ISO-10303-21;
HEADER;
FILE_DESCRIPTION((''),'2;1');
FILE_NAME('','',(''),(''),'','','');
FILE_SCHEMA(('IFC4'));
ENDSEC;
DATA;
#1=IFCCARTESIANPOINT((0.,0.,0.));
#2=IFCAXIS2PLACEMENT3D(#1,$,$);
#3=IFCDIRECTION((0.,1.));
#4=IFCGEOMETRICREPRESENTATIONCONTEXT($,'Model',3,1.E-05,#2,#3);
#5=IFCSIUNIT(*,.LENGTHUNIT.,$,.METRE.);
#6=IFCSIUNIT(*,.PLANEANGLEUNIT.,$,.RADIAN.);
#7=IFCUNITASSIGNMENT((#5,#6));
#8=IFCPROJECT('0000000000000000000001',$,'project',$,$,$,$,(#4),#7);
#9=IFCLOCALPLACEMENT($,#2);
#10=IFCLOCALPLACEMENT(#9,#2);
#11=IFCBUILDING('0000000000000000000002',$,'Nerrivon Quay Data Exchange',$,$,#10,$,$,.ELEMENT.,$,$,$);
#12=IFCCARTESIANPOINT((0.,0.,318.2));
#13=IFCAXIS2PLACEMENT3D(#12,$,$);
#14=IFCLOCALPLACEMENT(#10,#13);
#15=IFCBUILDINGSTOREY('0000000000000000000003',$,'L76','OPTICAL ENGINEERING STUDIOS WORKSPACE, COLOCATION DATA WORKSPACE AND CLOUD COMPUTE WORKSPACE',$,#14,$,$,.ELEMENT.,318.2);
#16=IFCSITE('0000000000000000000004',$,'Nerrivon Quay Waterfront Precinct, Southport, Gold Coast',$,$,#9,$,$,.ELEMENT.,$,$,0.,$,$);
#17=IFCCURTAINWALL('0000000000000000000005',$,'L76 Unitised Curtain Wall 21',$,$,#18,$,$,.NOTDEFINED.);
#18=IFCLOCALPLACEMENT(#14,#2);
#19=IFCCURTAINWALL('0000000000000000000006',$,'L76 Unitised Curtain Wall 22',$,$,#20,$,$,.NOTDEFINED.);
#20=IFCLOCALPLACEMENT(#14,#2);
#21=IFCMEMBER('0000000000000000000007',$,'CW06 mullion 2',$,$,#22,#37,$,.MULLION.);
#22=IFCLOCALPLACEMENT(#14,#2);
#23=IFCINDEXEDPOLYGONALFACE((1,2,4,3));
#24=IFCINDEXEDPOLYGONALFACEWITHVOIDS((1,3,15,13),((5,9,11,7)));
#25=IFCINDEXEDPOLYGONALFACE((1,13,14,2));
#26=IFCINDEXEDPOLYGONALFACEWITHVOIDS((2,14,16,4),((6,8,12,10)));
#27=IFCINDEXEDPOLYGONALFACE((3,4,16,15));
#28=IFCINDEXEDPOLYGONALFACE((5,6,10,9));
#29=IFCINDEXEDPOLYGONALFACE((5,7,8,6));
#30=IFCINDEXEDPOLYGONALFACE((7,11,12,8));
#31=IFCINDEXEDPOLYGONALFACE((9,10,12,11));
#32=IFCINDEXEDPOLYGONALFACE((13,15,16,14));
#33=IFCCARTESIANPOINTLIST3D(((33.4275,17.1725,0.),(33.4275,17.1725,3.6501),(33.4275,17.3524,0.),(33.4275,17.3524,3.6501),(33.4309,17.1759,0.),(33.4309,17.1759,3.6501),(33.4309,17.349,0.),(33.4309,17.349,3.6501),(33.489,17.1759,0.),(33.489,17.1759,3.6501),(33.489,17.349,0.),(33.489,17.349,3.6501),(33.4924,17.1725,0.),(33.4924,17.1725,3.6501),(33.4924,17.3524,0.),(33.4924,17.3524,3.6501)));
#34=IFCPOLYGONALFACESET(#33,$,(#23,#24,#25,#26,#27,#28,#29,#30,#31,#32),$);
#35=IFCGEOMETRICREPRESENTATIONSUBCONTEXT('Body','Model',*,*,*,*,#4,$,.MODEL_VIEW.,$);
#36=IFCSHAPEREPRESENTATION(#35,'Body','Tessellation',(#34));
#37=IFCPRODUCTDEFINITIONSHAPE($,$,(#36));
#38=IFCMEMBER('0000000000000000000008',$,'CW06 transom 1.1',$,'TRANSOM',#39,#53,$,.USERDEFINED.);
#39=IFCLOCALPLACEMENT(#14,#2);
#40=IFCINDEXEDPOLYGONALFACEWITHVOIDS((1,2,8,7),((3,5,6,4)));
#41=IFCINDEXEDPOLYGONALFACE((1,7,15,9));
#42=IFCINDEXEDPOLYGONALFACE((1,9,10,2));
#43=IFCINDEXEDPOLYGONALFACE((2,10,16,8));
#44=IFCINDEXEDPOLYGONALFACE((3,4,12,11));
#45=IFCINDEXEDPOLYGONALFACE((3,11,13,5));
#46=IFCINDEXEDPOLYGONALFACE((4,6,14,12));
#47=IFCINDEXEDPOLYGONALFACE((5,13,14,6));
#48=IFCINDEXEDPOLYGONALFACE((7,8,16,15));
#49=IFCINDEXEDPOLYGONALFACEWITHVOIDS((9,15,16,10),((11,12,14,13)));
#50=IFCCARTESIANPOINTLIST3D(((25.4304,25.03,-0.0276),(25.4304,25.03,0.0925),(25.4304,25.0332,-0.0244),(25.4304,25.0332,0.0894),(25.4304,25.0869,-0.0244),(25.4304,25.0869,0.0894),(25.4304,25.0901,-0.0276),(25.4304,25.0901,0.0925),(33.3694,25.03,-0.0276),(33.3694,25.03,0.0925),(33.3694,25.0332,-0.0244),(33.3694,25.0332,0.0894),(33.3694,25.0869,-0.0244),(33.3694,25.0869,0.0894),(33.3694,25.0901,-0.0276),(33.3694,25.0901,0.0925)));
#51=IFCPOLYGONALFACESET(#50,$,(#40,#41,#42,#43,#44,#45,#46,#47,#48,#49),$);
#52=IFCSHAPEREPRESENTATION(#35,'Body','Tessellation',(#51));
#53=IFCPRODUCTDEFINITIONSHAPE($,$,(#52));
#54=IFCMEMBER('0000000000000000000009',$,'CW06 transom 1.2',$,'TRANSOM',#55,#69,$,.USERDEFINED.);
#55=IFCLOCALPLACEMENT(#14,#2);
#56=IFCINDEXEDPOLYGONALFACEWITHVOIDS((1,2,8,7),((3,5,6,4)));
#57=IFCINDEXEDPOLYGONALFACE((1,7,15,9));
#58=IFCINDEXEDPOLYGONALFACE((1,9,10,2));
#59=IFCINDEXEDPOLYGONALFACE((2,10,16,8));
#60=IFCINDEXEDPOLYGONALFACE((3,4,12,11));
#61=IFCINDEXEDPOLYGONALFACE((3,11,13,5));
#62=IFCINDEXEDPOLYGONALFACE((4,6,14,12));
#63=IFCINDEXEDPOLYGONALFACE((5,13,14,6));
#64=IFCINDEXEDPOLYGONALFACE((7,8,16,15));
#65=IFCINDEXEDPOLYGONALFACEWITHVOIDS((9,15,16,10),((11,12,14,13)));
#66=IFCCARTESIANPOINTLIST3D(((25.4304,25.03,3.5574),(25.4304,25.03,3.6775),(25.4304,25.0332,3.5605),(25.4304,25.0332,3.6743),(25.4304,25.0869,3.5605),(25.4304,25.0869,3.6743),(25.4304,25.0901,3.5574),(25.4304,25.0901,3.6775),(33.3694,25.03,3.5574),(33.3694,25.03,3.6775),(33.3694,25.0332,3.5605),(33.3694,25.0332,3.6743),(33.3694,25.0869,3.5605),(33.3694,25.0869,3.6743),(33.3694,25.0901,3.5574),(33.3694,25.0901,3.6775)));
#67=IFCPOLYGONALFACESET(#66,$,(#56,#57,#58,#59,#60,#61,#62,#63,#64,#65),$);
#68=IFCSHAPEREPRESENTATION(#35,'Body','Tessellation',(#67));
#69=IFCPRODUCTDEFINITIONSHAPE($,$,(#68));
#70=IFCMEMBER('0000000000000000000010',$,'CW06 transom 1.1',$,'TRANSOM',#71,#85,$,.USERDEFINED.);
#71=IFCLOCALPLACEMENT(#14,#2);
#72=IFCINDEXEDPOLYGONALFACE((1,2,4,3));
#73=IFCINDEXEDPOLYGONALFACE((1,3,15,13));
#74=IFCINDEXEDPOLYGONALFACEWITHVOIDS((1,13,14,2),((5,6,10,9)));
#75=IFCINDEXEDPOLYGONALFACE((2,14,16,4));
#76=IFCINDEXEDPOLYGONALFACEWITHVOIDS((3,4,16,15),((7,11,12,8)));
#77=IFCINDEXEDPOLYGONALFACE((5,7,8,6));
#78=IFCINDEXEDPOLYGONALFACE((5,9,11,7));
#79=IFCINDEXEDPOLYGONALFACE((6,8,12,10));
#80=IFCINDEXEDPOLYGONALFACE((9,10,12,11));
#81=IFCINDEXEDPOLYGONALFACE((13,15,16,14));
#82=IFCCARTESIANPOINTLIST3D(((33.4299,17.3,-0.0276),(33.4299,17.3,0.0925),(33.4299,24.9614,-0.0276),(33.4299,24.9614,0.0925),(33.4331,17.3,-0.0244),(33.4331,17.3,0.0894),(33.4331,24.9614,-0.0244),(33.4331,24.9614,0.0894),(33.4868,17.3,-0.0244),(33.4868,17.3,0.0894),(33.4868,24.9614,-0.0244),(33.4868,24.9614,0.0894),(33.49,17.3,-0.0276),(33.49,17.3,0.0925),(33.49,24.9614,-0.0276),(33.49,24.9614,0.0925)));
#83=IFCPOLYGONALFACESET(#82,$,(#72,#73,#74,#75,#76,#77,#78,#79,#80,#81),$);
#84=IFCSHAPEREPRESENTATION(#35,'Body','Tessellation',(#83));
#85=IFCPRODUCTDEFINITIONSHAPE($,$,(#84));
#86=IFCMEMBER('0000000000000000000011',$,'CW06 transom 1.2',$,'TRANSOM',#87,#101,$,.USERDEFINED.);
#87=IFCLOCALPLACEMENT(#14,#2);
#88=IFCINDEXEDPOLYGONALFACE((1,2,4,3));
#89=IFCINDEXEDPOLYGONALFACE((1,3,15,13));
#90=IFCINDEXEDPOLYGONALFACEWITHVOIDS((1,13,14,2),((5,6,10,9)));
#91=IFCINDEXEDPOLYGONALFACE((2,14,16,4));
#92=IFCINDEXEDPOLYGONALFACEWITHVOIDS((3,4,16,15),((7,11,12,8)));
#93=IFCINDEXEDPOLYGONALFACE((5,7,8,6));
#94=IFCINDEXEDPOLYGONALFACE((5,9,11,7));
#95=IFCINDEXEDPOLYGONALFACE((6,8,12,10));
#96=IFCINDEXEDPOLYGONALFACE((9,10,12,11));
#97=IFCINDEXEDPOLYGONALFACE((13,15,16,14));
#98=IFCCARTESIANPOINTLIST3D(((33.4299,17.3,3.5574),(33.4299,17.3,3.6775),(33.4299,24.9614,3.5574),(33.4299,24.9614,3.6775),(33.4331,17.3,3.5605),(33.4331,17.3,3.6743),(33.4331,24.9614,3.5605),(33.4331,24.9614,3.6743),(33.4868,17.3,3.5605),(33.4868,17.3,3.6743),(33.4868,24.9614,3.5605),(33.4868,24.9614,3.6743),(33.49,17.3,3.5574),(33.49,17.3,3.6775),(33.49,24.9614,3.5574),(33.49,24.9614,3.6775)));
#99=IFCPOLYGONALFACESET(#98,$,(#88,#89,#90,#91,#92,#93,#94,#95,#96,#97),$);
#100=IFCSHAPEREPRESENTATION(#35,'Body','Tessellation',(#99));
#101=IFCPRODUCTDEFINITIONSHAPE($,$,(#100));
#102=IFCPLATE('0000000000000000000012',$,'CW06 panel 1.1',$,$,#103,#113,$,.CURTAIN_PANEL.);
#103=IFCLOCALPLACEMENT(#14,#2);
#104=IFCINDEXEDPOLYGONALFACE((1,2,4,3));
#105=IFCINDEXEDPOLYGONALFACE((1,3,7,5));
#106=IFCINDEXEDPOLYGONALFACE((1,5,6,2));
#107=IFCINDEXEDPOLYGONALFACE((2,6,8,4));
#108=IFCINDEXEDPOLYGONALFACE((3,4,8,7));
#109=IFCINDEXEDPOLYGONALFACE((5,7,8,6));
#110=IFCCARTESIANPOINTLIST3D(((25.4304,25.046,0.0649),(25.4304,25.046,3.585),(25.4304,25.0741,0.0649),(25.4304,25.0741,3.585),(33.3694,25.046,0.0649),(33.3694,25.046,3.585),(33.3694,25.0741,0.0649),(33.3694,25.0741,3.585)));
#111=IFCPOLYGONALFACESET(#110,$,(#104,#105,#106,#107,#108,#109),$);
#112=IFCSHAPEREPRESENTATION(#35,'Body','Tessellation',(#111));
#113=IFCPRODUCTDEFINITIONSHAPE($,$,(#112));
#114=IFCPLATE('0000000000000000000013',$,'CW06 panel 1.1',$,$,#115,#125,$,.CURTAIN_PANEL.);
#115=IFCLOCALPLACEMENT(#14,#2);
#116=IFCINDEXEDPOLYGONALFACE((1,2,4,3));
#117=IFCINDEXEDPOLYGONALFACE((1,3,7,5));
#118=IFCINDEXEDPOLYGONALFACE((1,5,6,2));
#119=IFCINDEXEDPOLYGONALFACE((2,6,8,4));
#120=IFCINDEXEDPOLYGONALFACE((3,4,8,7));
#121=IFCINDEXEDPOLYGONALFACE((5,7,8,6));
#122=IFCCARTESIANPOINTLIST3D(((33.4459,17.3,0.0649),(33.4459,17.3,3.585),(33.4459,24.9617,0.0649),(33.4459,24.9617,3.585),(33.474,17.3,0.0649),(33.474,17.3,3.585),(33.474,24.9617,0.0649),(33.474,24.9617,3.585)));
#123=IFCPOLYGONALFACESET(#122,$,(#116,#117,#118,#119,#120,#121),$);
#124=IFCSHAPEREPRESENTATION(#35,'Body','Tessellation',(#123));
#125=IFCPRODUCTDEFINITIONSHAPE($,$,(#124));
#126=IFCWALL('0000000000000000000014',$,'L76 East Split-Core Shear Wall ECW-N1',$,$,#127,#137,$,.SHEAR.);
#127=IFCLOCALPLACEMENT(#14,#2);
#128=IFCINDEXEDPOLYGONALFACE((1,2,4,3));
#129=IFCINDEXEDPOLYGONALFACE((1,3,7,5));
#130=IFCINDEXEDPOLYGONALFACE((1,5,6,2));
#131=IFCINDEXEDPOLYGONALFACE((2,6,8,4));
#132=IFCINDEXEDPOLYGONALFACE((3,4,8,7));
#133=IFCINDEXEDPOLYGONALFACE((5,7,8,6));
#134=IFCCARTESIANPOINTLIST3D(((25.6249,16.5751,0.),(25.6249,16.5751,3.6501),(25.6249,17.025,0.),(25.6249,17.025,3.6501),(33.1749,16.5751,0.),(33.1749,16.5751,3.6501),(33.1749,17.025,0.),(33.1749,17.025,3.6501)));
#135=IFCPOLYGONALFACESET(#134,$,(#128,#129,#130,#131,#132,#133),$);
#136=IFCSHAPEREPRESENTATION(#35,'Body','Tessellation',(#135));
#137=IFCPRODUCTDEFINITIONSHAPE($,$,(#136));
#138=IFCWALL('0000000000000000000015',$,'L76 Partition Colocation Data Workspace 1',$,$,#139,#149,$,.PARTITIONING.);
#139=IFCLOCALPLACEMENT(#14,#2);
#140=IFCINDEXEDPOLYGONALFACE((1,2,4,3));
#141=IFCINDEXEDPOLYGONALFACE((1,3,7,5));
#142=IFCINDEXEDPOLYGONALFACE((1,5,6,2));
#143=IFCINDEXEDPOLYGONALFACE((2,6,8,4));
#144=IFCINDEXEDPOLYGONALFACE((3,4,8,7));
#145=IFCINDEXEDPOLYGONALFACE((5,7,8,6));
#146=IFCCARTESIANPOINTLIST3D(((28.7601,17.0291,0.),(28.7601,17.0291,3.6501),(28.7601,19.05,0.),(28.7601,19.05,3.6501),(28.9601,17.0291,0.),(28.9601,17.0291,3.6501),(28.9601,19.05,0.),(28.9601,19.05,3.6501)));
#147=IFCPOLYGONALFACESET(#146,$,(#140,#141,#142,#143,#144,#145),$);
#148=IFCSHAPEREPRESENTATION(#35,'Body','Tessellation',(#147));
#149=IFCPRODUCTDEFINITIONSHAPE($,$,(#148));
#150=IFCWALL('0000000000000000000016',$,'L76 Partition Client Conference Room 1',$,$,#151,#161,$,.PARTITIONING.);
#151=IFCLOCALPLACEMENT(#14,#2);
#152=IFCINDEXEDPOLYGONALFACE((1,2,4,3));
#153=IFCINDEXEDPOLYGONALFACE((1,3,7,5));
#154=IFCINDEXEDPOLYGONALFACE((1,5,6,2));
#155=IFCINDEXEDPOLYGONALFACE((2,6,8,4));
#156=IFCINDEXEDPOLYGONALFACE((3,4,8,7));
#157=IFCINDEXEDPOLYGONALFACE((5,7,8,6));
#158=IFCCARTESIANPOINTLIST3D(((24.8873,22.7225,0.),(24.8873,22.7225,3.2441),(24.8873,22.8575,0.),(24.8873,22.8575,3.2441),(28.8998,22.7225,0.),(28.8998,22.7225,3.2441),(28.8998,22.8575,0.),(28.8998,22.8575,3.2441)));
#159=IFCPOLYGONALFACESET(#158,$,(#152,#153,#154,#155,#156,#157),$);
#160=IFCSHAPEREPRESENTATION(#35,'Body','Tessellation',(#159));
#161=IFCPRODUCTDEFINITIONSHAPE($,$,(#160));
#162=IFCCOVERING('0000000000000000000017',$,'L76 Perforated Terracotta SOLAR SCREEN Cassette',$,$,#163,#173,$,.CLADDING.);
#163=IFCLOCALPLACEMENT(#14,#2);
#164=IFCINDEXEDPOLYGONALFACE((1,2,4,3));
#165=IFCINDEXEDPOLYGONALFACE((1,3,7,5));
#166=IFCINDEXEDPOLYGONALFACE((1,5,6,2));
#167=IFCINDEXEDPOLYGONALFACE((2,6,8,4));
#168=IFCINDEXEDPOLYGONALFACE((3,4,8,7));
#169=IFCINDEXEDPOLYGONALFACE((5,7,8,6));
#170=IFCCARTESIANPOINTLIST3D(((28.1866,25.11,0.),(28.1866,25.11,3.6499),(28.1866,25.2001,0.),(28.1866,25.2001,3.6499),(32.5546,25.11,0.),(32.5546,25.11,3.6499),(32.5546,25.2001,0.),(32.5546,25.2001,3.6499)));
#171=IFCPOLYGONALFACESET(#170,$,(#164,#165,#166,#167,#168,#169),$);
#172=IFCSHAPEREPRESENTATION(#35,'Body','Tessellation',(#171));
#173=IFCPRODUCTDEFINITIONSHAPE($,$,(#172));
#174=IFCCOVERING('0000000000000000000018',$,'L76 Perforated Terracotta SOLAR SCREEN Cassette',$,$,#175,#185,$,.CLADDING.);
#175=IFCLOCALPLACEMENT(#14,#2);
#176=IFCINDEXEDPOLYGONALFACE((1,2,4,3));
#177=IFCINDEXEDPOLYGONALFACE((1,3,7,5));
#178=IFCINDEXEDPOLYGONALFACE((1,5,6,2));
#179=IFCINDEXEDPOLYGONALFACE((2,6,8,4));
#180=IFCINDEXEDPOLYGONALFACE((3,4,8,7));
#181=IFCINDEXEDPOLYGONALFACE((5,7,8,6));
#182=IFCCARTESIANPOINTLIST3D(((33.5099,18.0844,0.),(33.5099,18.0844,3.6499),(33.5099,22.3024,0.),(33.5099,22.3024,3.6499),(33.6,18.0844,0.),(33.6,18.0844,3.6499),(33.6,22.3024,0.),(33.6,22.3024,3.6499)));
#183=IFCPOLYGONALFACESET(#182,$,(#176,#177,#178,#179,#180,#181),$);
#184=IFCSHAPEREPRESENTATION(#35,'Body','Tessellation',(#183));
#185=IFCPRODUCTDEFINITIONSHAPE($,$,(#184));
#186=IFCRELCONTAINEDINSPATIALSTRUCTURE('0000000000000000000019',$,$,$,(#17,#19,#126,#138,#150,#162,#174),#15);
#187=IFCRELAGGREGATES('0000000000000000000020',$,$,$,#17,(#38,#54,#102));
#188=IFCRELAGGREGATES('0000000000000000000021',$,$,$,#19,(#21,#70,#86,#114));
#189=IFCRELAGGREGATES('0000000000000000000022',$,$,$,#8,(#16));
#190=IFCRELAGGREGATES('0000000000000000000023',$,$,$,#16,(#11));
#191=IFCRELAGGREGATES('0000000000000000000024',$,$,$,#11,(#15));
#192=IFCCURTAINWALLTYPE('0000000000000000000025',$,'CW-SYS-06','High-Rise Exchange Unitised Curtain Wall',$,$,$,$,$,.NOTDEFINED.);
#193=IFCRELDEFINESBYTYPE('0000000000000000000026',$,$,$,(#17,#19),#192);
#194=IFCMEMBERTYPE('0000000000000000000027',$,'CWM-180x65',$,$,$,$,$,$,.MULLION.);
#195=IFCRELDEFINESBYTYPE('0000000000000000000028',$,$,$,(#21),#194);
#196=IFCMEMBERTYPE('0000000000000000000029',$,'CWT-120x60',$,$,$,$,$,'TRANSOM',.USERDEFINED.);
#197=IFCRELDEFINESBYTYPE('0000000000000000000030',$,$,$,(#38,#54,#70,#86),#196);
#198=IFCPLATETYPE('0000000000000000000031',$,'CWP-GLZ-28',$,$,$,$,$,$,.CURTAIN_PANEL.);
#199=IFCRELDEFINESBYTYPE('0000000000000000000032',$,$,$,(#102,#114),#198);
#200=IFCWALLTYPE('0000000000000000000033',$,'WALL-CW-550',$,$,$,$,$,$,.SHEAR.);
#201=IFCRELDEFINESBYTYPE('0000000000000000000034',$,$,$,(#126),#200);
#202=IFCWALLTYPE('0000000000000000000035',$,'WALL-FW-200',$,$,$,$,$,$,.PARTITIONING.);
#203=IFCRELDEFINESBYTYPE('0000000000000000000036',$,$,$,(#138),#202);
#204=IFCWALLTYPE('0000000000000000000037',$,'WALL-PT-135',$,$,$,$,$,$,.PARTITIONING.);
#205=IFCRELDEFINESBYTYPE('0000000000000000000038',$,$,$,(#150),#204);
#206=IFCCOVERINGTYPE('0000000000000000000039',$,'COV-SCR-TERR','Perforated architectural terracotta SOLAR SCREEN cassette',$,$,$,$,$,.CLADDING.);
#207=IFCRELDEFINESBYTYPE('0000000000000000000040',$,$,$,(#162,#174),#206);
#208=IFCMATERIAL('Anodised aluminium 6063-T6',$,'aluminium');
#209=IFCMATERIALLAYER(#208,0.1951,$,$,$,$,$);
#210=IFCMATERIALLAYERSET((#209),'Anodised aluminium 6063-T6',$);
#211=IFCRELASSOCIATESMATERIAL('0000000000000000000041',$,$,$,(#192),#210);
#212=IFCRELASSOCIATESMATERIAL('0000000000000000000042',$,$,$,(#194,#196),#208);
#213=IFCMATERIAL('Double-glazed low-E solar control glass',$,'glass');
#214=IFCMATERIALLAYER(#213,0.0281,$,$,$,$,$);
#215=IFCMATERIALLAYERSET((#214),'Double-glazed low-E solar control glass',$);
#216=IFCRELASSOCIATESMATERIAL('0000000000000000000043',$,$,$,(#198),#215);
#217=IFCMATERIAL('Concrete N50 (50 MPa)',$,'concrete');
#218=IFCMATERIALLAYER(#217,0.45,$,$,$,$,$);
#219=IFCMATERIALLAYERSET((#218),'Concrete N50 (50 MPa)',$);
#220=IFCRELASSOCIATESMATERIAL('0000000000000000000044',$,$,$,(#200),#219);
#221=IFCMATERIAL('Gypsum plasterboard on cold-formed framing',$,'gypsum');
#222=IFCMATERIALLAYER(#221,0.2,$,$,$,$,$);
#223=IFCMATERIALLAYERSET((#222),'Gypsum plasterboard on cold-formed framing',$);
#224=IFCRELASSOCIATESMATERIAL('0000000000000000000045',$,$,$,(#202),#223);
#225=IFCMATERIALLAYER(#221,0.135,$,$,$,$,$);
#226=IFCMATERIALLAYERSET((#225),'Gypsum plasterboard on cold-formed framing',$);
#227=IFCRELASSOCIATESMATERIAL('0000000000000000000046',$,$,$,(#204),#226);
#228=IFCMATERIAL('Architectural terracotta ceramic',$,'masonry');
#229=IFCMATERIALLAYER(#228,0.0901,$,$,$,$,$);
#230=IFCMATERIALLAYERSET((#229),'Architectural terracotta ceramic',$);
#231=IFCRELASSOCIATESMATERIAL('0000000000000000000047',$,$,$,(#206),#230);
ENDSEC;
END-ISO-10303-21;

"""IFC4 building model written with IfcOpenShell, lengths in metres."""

from ifc_helpers import new_model, si_unit, direction, frame, frame_2d, origin, origin_2d, place, context, subcontext, project, spatial, rectangle, hollow_rectangle, extrude, material, layer, layer_set, material_profile, profile_set, type_object, element, aggregate, save


model = new_model("IFC4")

# Units and contexts
model_context = context("Model", 3, precision=1e-05, world=origin(), true_north=direction((0.0, 1.0)))
body_context = subcontext(model_context, "Body", "Model", "MODEL_VIEW")
ifc_project = project(units=[si_unit("LENGTHUNIT", "METRE"), si_unit("PLANEANGLEUNIT", "RADIAN")], contexts=[model_context])

# Site, building, storey
site_placement = place(None, origin())
site = spatial("IfcSite", under=ifc_project, at=site_placement, Name="Nerrivon Quay Waterfront Precinct, Southport, Gold Coast", CompositionType="ELEMENT", RefElevation=0.0)
building_placement = place(site_placement, origin())
building = spatial("IfcBuilding", under=site, at=building_placement, Name="Nerrivon Quay Data Exchange", CompositionType="ELEMENT")
storey_placement = place(building_placement, frame((0.0, 0.0, 318.2)))
storey = spatial("IfcBuildingStorey", under=building, at=storey_placement, Name="L76", Description="OPTICAL ENGINEERING STUDIOS WORKSPACE, COLOCATION DATA WORKSPACE AND CLOUD COMPUTE WORKSPACE", CompositionType="ELEMENT", Elevation=318.2)

# Curtain walls, member
ifc_material_1 = material(Name="Anodised aluminium 6063-T6", Category="aluminium")
ifc_layer_1 = layer(ifc_material_1, 0.1951)
ifc_layer_set_1 = layer_set([ifc_layer_1], Name="Anodised aluminium 6063-T6")
curtain_wall_type = type_object("IfcCurtainWallType", Name="CW-SYS-06", Description="High-Rise Exchange Unitised Curtain Wall", PredefinedType="NOTDEFINED", material=ifc_layer_set_1)
curtain_wall_1_placement = place(storey_placement, origin())
curtain_wall_1 = element("IfcCurtainWall", 1, at=curtain_wall_1_placement, inside=storey, type_object=curtain_wall_type, Name="L76 Unitised Curtain Wall 21", PredefinedType="NOTDEFINED")
ifc_material_profile_1 = material_profile(ifc_material_1, hollow_rectangle(XDim=0.0649, YDim=0.1799, WallThickness=0.0034, at=origin_2d()), Name="ALU-MULL-180x65")
ifc_profile_set_1 = profile_set([ifc_material_profile_1], Name="Anodised aluminium 6063-T6")
member_type_1 = type_object("IfcMemberType", Name="CWM-180x65", PredefinedType="MULLION", material=ifc_profile_set_1)
curtain_wall_2_placement = place(storey_placement, origin())
curtain_wall_2 = element("IfcCurtainWall", 2, at=curtain_wall_2_placement, inside=storey, type_object=curtain_wall_type, Name="L76 Unitised Curtain Wall 22", PredefinedType="NOTDEFINED")
member_1_placement = place(storey_placement, frame((33.46, 17.2625, 0.0), z_axis=(0.0, 0.0, 1.0), x_axis=(1.0, 0.0, 0.0)))
member_1 = element("IfcMember", 3, at=member_1_placement, type_object=member_type_1, Name="CW06 mullion 2", PredefinedType="MULLION", context=body_context, shape_type="SweptSolid", body=[
    extrude(hollow_rectangle(XDim=0.0649, YDim=0.1799, WallThickness=0.0034, at=origin_2d()), origin(), (0.0, 0.0, 1.0), 3.6501),
])

# Members
ifc_material_profile_2 = material_profile(ifc_material_1, hollow_rectangle(XDim=0.0601, YDim=0.1201, WallThickness=0.0032, at=origin_2d()), Name="ALU-TRAN-120x60")
ifc_profile_set_2 = profile_set([ifc_material_profile_2], Name="Anodised aluminium 6063-T6")
member_type_2 = type_object("IfcMemberType", Name="CWT-120x60", ElementType="TRANSOM", PredefinedType="USERDEFINED", material=ifc_profile_set_2)
member_2_placement = place(storey_placement, frame((25.4304, 25.0601, 0.0325), z_axis=(1.0, 0.0, 0.0), x_axis=(0.0, 1.0, 0.0)))
member_2 = element("IfcMember", 4, at=member_2_placement, type_object=member_type_2, Name="CW06 transom 1.1", ObjectType="TRANSOM", PredefinedType="USERDEFINED", context=body_context, shape_type="SweptSolid", body=[
    extrude(hollow_rectangle(XDim=0.0601, YDim=0.1201, WallThickness=0.0032, at=origin_2d()), origin(), (0.0, 0.0, 1.0), 7.939),
])
member_3_placement = place(storey_placement, frame((25.4304, 25.0601, 3.6174), z_axis=(1.0, 0.0, 0.0), x_axis=(0.0, 1.0, 0.0)))
member_3 = element("IfcMember", 5, at=member_3_placement, type_object=member_type_2, Name="CW06 transom 1.2", ObjectType="TRANSOM", PredefinedType="USERDEFINED", context=body_context, shape_type="SweptSolid", body=[
    extrude(hollow_rectangle(XDim=0.0601, YDim=0.1201, WallThickness=0.0032, at=origin_2d()), origin(), (0.0, 0.0, 1.0), 7.939),
])
member_4_placement = place(storey_placement, frame((33.46, 24.9614, 0.0325), z_axis=(0.0, -1.0, 0.0), x_axis=(1.0, 0.0, 0.0)))
member_4 = element("IfcMember", 6, at=member_4_placement, type_object=member_type_2, Name="CW06 transom 1.1", ObjectType="TRANSOM", PredefinedType="USERDEFINED", context=body_context, shape_type="SweptSolid", body=[
    extrude(hollow_rectangle(XDim=0.0601, YDim=0.1201, WallThickness=0.0032, at=origin_2d()), origin(), (0.0, 0.0, 1.0), 7.6614),
])
member_5_placement = place(storey_placement, frame((33.46, 24.9614, 3.6174), z_axis=(0.0, -1.0, 0.0), x_axis=(1.0, 0.0, 0.0)))
member_5 = element("IfcMember", 7, at=member_5_placement, type_object=member_type_2, Name="CW06 transom 1.2", ObjectType="TRANSOM", PredefinedType="USERDEFINED", context=body_context, shape_type="SweptSolid", body=[
    extrude(hollow_rectangle(XDim=0.0601, YDim=0.1201, WallThickness=0.0032, at=origin_2d()), origin(), (0.0, 0.0, 1.0), 7.6614),
])

# Plates
ifc_material_2 = material(Name="Double-glazed low-E solar control glass", Category="glass")
ifc_layer_2 = layer(ifc_material_2, 0.0281)
ifc_layer_set_2 = layer_set([ifc_layer_2], Name="Double-glazed low-E solar control glass")
plate_type = type_object("IfcPlateType", Name="CWP-GLZ-28", PredefinedType="CURTAIN_PANEL", material=ifc_layer_set_2)
plate_1_placement = place(storey_placement, frame((29.3999, 25.0601, 0.0649), z_axis=(0.0, 0.0, 1.0), x_axis=(1.0, 0.0, 0.0)))
plate_1 = element("IfcPlate", 8, at=plate_1_placement, type_object=plate_type, Name="CW06 panel 1.1", PredefinedType="CURTAIN_PANEL", context=body_context, shape_type="SweptSolid", body=[
    extrude(rectangle(XDim=7.939, YDim=0.0281, at=origin_2d()), origin(), (0.0, 0.0, 1.0), 3.52),
])
aggregate(curtain_wall_1, [member_2, member_3, plate_1])
plate_2_placement = place(storey_placement, frame((33.46, 21.1309, 0.0649), z_axis=(0.0, 0.0, 1.0), x_axis=(0.0, -1.0, 0.0)))
plate_2 = element("IfcPlate", 9, at=plate_2_placement, type_object=plate_type, Name="CW06 panel 1.1", PredefinedType="CURTAIN_PANEL", context=body_context, shape_type="SweptSolid", body=[
    extrude(rectangle(XDim=7.6616, YDim=0.0281, at=origin_2d()), origin(), (0.0, 0.0, 1.0), 3.52),
])
aggregate(curtain_wall_2, [member_1, member_4, member_5, plate_2])

# Walls
ifc_material_3 = material(Name="Concrete N50 (50 MPa)", Category="concrete")
ifc_layer_3 = layer(ifc_material_3, 0.45)
ifc_layer_set_3 = layer_set([ifc_layer_3], Name="Concrete N50 (50 MPa)")
wall_type_1 = type_object("IfcWallType", Name="WALL-CW-550", PredefinedType="SHEAR", material=ifc_layer_set_3)
wall_1_placement = place(storey_placement, frame((25.625, 16.8, 0.0), z_axis=(0.0, 0.0, 1.0), x_axis=(1.0, 0.0, 0.0)))
element("IfcWall", 10, at=wall_1_placement, inside=storey, type_object=wall_type_1, Name="L76 East Split-Core Shear Wall ECW-N1", PredefinedType="SHEAR", context=body_context, shape_type="SweptSolid", body=[
    extrude(rectangle(XDim=7.55, YDim=0.45, at=frame_2d((3.7749, 0.0))), origin(), (0.0, 0.0, 1.0), 3.6501),
])
ifc_material_4 = material(Name="Gypsum plasterboard on cold-formed framing", Category="gypsum")
ifc_layer_4 = layer(ifc_material_4, 0.2)
ifc_layer_set_4 = layer_set([ifc_layer_4], Name="Gypsum plasterboard on cold-formed framing")
wall_type_2 = type_object("IfcWallType", Name="WALL-FW-200", PredefinedType="PARTITIONING", material=ifc_layer_set_4)
wall_2_placement = place(storey_placement, frame((28.8601, 19.05, 0.0), z_axis=(0.0, 0.0, 1.0), x_axis=(0.0, -1.0, 0.0)))
element("IfcWall", 11, at=wall_2_placement, inside=storey, type_object=wall_type_2, Name="L76 Partition Colocation Data Workspace 1", PredefinedType="PARTITIONING", context=body_context, shape_type="SweptSolid", body=[
    extrude(rectangle(XDim=2.021, YDim=0.2, at=frame_2d((1.0105, 0.0))), origin(), (0.0, 0.0, 1.0), 3.6501),
])

# Wall
ifc_layer_5 = layer(ifc_material_4, 0.135)
ifc_layer_set_5 = layer_set([ifc_layer_5], Name="Gypsum plasterboard on cold-formed framing")
wall_type_3 = type_object("IfcWallType", Name="WALL-PT-135", PredefinedType="PARTITIONING", material=ifc_layer_set_5)
wall_3_placement = place(storey_placement, frame((28.8999, 22.79, 0.0), z_axis=(0.0, 0.0, 1.0), x_axis=(-1.0, 0.0, 0.0)))
element("IfcWall", 12, at=wall_3_placement, inside=storey, type_object=wall_type_3, Name="L76 Partition Client Conference Room 1", PredefinedType="PARTITIONING", context=body_context, shape_type="SweptSolid", body=[
    extrude(rectangle(XDim=4.0125, YDim=0.135, at=frame_2d((2.0063, 0.0))), origin(), (0.0, 0.0, 1.0), 3.2441),
])

# Coverings
ifc_material_5 = material(Name="Architectural terracotta ceramic", Category="masonry")
ifc_layer_6 = layer(ifc_material_5, 0.0901)
ifc_layer_set_6 = layer_set([ifc_layer_6], Name="Architectural terracotta ceramic")
covering_type = type_object("IfcCoveringType", Name="COV-SCR-TERR", Description="Perforated architectural terracotta SOLAR SCREEN cassette", PredefinedType="CLADDING", material=ifc_layer_set_6)
covering_1_placement = place(storey_placement, frame((30.3706, 25.155, 0.0), z_axis=(0.0, 0.0, 1.0), x_axis=(1.0, 0.0, 0.0)))
element("IfcCovering", 13, at=covering_1_placement, inside=storey, type_object=covering_type, Name="L76 Perforated Terracotta SOLAR SCREEN Cassette", PredefinedType="CLADDING", context=body_context, shape_type="SweptSolid", body=[
    extrude(rectangle(XDim=4.3679, YDim=0.0901, at=origin_2d()), origin(), (0.0, 0.0, 1.0), 3.6499),
])
covering_2_placement = place(storey_placement, frame((33.5549, 20.1934, 0.0), z_axis=(0.0, 0.0, 1.0), x_axis=(0.0, -1.0, 0.0)))
element("IfcCovering", 14, at=covering_2_placement, inside=storey, type_object=covering_type, Name="L76 Perforated Terracotta SOLAR SCREEN Cassette", PredefinedType="CLADDING", context=body_context, shape_type="SweptSolid", body=[
    extrude(rectangle(XDim=4.218, YDim=0.0901, at=origin_2d()), origin(), (0.0, 0.0, 1.0), 3.6499),
])

save(model, "model.ifc")
